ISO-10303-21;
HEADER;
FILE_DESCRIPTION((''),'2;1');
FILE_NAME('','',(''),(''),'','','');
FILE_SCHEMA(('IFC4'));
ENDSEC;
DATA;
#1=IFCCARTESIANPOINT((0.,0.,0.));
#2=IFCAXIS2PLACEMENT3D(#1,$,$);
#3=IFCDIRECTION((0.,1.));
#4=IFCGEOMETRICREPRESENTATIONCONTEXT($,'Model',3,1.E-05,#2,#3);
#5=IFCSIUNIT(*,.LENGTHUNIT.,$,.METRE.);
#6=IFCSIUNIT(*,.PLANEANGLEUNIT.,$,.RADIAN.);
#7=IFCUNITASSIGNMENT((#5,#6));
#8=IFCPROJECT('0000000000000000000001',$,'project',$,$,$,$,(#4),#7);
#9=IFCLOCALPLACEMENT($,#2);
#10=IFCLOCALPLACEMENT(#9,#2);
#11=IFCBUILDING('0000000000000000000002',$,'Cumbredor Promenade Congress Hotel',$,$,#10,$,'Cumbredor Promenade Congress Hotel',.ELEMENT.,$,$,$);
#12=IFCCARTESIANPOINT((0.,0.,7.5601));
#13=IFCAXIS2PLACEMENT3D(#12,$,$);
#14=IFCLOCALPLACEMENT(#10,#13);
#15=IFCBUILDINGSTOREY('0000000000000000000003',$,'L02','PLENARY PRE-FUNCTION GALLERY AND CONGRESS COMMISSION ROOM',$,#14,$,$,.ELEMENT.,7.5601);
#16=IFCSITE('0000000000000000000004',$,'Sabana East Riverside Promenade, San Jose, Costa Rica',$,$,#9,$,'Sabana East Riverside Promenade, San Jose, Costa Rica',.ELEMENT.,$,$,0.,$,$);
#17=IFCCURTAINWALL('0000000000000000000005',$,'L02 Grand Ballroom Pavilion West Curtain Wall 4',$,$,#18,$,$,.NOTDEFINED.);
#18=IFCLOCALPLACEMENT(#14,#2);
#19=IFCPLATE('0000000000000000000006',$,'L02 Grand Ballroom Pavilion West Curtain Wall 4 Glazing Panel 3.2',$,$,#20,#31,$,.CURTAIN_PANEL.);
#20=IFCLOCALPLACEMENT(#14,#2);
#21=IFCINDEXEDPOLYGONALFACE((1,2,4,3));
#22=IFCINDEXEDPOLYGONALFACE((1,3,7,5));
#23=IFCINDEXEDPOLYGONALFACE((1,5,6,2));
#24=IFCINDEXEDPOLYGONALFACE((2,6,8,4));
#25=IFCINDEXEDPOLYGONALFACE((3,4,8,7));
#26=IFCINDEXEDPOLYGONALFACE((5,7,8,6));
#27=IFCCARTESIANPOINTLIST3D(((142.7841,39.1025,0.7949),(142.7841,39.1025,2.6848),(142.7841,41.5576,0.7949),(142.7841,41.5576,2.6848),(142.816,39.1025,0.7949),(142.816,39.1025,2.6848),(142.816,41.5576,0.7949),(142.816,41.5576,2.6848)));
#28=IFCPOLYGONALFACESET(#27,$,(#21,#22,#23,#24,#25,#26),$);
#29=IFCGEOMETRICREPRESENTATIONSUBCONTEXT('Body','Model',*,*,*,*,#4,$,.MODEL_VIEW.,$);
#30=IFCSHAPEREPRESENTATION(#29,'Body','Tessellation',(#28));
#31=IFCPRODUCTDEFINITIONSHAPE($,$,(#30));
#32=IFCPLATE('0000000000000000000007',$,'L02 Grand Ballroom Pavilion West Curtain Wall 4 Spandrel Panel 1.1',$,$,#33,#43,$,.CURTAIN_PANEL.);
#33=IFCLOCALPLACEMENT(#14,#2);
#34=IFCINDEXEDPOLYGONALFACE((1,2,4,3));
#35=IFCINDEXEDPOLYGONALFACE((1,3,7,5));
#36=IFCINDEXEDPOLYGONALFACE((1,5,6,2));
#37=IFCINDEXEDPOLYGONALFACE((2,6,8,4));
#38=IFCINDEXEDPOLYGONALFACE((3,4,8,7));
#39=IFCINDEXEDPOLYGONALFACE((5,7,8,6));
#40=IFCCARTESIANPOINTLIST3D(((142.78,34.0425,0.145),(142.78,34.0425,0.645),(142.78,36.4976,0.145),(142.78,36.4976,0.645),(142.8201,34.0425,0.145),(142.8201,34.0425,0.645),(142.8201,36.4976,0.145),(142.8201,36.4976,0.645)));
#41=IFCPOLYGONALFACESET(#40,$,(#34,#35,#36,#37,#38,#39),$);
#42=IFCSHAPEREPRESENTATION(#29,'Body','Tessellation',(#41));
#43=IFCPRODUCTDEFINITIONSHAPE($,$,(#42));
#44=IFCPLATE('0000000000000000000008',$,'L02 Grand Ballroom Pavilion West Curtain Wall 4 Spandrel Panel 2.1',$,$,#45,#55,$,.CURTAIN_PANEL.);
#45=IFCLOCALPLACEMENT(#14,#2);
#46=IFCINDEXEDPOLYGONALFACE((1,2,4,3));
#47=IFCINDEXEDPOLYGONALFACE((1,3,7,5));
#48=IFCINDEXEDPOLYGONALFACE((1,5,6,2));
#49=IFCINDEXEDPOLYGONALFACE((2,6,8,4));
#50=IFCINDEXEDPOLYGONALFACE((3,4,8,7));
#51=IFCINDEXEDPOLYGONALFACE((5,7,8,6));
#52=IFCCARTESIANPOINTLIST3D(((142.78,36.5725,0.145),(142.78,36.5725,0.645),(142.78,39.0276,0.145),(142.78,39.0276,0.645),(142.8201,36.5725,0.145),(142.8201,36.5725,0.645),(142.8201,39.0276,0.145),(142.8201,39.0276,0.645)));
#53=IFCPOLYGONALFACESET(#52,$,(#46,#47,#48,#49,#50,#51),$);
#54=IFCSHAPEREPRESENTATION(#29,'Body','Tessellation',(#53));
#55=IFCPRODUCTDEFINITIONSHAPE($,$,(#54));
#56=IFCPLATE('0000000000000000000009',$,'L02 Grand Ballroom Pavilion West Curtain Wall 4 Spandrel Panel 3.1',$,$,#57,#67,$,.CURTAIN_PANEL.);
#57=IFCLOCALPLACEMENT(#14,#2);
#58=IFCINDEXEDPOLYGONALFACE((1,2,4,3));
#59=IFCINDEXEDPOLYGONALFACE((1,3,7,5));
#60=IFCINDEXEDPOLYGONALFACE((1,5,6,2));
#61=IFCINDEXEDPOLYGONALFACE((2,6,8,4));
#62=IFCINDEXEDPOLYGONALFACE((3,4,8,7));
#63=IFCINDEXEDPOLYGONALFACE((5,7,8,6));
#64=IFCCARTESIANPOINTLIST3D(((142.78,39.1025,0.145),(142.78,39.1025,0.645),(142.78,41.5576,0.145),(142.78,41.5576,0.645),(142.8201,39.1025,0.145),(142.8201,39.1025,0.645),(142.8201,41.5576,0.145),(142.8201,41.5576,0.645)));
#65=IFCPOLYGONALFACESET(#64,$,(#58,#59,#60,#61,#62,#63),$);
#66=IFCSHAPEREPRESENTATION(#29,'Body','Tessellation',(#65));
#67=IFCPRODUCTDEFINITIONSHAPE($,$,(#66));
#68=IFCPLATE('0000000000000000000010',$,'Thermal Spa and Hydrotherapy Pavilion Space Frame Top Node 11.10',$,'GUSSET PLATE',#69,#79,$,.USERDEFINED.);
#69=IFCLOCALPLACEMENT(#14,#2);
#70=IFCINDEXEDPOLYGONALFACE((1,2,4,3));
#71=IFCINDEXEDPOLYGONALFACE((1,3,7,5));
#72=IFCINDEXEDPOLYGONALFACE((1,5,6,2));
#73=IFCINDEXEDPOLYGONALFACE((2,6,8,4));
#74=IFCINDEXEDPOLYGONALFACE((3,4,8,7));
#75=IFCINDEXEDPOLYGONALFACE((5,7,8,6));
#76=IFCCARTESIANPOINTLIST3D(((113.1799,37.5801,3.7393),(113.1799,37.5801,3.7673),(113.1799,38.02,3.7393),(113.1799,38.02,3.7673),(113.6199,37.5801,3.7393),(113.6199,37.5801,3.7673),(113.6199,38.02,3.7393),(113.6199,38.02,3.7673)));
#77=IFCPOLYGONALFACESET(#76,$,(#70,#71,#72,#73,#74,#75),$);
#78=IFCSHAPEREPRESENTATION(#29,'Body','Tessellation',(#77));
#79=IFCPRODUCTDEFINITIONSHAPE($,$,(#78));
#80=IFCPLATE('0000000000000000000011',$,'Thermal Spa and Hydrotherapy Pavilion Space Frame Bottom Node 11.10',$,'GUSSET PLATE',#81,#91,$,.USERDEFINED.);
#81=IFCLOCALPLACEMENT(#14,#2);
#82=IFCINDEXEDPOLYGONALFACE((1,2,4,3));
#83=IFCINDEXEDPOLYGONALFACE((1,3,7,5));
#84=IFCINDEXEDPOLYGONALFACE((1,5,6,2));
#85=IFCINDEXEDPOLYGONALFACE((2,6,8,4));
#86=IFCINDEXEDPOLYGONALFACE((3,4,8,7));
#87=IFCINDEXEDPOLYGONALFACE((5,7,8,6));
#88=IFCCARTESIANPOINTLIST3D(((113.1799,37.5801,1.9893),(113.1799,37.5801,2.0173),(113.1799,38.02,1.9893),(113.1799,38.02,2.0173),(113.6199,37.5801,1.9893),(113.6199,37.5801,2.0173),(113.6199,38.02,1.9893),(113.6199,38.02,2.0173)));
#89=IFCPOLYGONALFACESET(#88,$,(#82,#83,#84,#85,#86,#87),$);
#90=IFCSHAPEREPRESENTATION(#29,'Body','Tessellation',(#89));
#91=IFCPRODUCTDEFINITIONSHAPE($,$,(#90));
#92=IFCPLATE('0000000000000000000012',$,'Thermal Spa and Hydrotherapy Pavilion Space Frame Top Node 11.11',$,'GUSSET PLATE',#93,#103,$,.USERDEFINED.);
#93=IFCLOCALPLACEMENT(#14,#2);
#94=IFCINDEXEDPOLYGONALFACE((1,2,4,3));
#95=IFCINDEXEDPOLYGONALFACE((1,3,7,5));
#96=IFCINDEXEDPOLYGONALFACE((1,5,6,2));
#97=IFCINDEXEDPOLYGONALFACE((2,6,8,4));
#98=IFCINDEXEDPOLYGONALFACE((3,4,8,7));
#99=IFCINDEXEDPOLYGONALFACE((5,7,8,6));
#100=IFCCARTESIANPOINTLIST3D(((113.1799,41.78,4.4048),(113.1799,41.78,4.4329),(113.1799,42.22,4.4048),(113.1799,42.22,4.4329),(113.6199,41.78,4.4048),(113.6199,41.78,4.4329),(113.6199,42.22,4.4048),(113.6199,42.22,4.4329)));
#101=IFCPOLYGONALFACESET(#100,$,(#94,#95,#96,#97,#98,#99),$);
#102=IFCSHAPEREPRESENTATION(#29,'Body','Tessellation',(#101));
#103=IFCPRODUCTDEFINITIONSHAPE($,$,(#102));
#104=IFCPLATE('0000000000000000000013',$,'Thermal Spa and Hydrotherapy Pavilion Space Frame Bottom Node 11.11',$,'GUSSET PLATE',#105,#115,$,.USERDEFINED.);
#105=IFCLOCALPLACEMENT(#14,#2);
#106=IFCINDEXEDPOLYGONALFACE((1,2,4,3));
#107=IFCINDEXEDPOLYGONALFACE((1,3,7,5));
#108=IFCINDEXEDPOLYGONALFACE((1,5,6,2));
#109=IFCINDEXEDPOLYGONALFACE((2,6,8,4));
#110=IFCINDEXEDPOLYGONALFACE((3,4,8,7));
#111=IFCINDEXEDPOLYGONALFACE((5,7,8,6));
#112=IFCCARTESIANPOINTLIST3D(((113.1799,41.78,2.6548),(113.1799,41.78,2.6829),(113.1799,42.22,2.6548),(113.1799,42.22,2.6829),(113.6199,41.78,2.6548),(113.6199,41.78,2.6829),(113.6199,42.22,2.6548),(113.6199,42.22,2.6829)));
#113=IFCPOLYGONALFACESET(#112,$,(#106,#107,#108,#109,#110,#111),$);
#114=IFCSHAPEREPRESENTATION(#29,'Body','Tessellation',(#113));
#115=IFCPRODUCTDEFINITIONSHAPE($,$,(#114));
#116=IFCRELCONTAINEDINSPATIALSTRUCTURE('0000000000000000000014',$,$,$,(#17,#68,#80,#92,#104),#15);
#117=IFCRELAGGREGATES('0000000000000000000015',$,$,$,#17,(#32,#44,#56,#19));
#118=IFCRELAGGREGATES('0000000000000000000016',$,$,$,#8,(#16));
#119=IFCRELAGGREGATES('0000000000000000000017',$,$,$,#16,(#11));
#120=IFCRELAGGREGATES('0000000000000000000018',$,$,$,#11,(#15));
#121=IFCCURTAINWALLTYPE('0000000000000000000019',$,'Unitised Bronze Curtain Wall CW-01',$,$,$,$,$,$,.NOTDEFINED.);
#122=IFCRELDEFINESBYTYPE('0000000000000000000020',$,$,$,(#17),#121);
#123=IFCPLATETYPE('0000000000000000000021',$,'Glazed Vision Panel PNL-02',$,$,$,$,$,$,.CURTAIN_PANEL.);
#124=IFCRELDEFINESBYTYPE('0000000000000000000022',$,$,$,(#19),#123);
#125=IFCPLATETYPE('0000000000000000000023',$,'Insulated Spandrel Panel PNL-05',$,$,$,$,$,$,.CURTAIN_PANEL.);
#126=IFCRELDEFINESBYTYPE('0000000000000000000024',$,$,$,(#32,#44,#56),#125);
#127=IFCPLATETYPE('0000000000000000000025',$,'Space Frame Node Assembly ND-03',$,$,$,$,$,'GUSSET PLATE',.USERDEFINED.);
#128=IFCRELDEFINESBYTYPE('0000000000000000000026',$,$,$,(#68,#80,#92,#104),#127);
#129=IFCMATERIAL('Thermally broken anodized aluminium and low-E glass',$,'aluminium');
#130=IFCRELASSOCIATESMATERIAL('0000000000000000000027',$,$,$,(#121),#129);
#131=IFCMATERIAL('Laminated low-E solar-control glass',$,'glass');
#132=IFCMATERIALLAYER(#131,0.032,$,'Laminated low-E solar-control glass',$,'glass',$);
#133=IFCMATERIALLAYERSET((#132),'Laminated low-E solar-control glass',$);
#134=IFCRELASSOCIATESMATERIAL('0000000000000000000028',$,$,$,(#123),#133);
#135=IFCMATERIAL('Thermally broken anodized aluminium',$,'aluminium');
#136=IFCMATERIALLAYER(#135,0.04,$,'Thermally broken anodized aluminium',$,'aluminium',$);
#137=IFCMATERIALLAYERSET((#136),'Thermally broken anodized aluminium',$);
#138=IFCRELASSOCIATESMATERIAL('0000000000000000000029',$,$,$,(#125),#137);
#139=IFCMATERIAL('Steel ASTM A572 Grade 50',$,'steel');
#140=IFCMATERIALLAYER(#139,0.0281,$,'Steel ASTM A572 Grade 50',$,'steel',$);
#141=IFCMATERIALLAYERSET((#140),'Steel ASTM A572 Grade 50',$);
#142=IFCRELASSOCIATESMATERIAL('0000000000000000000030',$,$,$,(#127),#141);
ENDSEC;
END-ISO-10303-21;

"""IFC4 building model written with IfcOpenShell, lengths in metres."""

from ifc_helpers import new_model, si_unit, direction, frame, origin, origin_2d, place, context, subcontext, project, spatial, rectangle, extrude, material, layer, layer_set, type_object, element, aggregate, save


model = new_model("IFC4")

# Units and contexts
model_context = context("Model", 3, precision=1e-05, world=origin(), true_north=direction((0.0, 1.0)))
body_context = subcontext(model_context, "Body", "Model", "MODEL_VIEW")
ifc_project = project(units=[si_unit("LENGTHUNIT", "METRE"), si_unit("PLANEANGLEUNIT", "RADIAN")], contexts=[model_context])

# Site, building, storey
site_placement = place(None, origin())
site = spatial("IfcSite", under=ifc_project, at=site_placement, Name="Sabana East Riverside Promenade, San Jose, Costa Rica", LongName="Sabana East Riverside Promenade, San Jose, Costa Rica", CompositionType="ELEMENT", RefElevation=0.0)
building_placement = place(site_placement, origin())
building = spatial("IfcBuilding", under=site, at=building_placement, Name="Cumbredor Promenade Congress Hotel", LongName="Cumbredor Promenade Congress Hotel", CompositionType="ELEMENT")
storey_placement = place(building_placement, frame((0.0, 0.0, 7.5601)))
storey = spatial("IfcBuildingStorey", under=building, at=storey_placement, Name="L02", Description="PLENARY PRE-FUNCTION GALLERY AND CONGRESS COMMISSION ROOM", CompositionType="ELEMENT", Elevation=7.5601)

# Shared definitions
ifc_material_1 = material(Name="Thermally broken anodized aluminium and low-E glass", Category="aluminium")
curtain_wall_type = type_object("IfcCurtainWallType", Name="Unitised Bronze Curtain Wall CW-01", PredefinedType="NOTDEFINED", material=ifc_material_1)
ifc_material_2 = material(Name="Thermally broken anodized aluminium", Category="aluminium")

# Curtain wall
curtain_wall_1_placement = place(storey_placement, origin())
curtain_wall_1 = element("IfcCurtainWall", 1, at=curtain_wall_1_placement, inside=storey, type_object=curtain_wall_type, Name="L02 Grand Ballroom Pavilion West Curtain Wall 4", PredefinedType="NOTDEFINED")

# Plates
ifc_material_3 = material(Name="Laminated low-E solar-control glass", Category="glass")
ifc_layer_1 = layer(ifc_material_3, 0.032, Name="Laminated low-E solar-control glass", Category="glass")
ifc_layer_set_1 = layer_set([ifc_layer_1], Name="Laminated low-E solar-control glass")
plate_type_1 = type_object("IfcPlateType", Name="Glazed Vision Panel PNL-02", PredefinedType="CURTAIN_PANEL", material=ifc_layer_set_1)
plate_1_placement = place(storey_placement, frame((142.8, 40.3301, 0.7949), z_axis=(0.0, 0.0, 1.0), x_axis=(0.0, 1.0, 0.0)))
plate_1 = element("IfcPlate", 2, at=plate_1_placement, type_object=plate_type_1, Name="L02 Grand Ballroom Pavilion West Curtain Wall 4 Glazing Panel 3.2", PredefinedType="CURTAIN_PANEL", context=body_context, shape_type="SweptSolid", body=[
    extrude(rectangle(XDim=2.4551, YDim=0.032, at=origin_2d()), origin(), (0.0, 0.0, 1.0), 1.8899),
])
ifc_layer_2 = layer(ifc_material_2, 0.04, Name="Thermally broken anodized aluminium", Category="aluminium")
ifc_layer_set_2 = layer_set([ifc_layer_2], Name="Thermally broken anodized aluminium")
plate_type_2 = type_object("IfcPlateType", Name="Insulated Spandrel Panel PNL-05", PredefinedType="CURTAIN_PANEL", material=ifc_layer_set_2)
plate_2_placement = place(storey_placement, frame((142.8, 35.27, 0.145), z_axis=(0.0, 0.0, 1.0), x_axis=(0.0, 1.0, 0.0)))
plate_2 = element("IfcPlate", 3, at=plate_2_placement, type_object=plate_type_2, Name="L02 Grand Ballroom Pavilion West Curtain Wall 4 Spandrel Panel 1.1", PredefinedType="CURTAIN_PANEL", context=body_context, shape_type="SweptSolid", body=[
    extrude(rectangle(XDim=2.4551, YDim=0.04, at=origin_2d()), origin(), (0.0, 0.0, 1.0), 0.5),
])
plate_3_placement = place(storey_placement, frame((142.8, 37.8, 0.145), z_axis=(0.0, 0.0, 1.0), x_axis=(0.0, 1.0, 0.0)))
plate_3 = element("IfcPlate", 4, at=plate_3_placement, type_object=plate_type_2, Name="L02 Grand Ballroom Pavilion West Curtain Wall 4 Spandrel Panel 2.1", PredefinedType="CURTAIN_PANEL", context=body_context, shape_type="SweptSolid", body=[
    extrude(rectangle(XDim=2.4551, YDim=0.04, at=origin_2d()), origin(), (0.0, 0.0, 1.0), 0.5),
])
plate_4_placement = place(storey_placement, frame((142.8, 40.3301, 0.145), z_axis=(0.0, 0.0, 1.0), x_axis=(0.0, 1.0, 0.0)))
plate_4 = element("IfcPlate", 5, at=plate_4_placement, type_object=plate_type_2, Name="L02 Grand Ballroom Pavilion West Curtain Wall 4 Spandrel Panel 3.1", PredefinedType="CURTAIN_PANEL", context=body_context, shape_type="SweptSolid", body=[
    extrude(rectangle(XDim=2.4551, YDim=0.04, at=origin_2d()), origin(), (0.0, 0.0, 1.0), 0.5),
])
aggregate(curtain_wall_1, [plate_2, plate_3, plate_4, plate_1])

# Plates
ifc_material_4 = material(Name="Steel ASTM A572 Grade 50", Category="steel")
ifc_layer_3 = layer(ifc_material_4, 0.0281, Name="Steel ASTM A572 Grade 50", Category="steel")
ifc_layer_set_3 = layer_set([ifc_layer_3], Name="Steel ASTM A572 Grade 50")
plate_type_3 = type_object("IfcPlateType", Name="Space Frame Node Assembly ND-03", ElementType="GUSSET PLATE", PredefinedType="USERDEFINED", material=ifc_layer_set_3)
for number, where, z_axis, x_axis, name in (
    (6, (113.3999, 37.8, 3.7393), (0.0, 0.0, 1.0), (1.0, 0.0, 0.0), "Thermal Spa and Hydrotherapy Pavilion Space Frame Top Node 11.10"),
    (7, (113.3999, 37.8, 1.9893), (0.0, 0.0, 1.0), (1.0, 0.0, 0.0), "Thermal Spa and Hydrotherapy Pavilion Space Frame Bottom Node 11.10"),
    (8, (113.3999, 42.0, 4.4048), (0.0, 0.0, 1.0), (1.0, 0.0, 0.0), "Thermal Spa and Hydrotherapy Pavilion Space Frame Top Node 11.11"),
    (9, (113.3999, 42.0, 2.6548), (0.0, 0.0, 1.0), (1.0, 0.0, 0.0), "Thermal Spa and Hydrotherapy Pavilion Space Frame Bottom Node 11.11"),
):
    element("IfcPlate", number, at=place(storey_placement, frame(where, z_axis=z_axis, x_axis=x_axis)), inside=storey, type_object=plate_type_3, Name=name, ObjectType="GUSSET PLATE", PredefinedType="USERDEFINED", context=body_context, shape_type="SweptSolid", body=[
        extrude(rectangle(XDim=0.4399, YDim=0.4399, at=origin_2d()), origin(), (0.0, 0.0, 1.0), 0.0281),
    ])

save(model, "model.ifc")
